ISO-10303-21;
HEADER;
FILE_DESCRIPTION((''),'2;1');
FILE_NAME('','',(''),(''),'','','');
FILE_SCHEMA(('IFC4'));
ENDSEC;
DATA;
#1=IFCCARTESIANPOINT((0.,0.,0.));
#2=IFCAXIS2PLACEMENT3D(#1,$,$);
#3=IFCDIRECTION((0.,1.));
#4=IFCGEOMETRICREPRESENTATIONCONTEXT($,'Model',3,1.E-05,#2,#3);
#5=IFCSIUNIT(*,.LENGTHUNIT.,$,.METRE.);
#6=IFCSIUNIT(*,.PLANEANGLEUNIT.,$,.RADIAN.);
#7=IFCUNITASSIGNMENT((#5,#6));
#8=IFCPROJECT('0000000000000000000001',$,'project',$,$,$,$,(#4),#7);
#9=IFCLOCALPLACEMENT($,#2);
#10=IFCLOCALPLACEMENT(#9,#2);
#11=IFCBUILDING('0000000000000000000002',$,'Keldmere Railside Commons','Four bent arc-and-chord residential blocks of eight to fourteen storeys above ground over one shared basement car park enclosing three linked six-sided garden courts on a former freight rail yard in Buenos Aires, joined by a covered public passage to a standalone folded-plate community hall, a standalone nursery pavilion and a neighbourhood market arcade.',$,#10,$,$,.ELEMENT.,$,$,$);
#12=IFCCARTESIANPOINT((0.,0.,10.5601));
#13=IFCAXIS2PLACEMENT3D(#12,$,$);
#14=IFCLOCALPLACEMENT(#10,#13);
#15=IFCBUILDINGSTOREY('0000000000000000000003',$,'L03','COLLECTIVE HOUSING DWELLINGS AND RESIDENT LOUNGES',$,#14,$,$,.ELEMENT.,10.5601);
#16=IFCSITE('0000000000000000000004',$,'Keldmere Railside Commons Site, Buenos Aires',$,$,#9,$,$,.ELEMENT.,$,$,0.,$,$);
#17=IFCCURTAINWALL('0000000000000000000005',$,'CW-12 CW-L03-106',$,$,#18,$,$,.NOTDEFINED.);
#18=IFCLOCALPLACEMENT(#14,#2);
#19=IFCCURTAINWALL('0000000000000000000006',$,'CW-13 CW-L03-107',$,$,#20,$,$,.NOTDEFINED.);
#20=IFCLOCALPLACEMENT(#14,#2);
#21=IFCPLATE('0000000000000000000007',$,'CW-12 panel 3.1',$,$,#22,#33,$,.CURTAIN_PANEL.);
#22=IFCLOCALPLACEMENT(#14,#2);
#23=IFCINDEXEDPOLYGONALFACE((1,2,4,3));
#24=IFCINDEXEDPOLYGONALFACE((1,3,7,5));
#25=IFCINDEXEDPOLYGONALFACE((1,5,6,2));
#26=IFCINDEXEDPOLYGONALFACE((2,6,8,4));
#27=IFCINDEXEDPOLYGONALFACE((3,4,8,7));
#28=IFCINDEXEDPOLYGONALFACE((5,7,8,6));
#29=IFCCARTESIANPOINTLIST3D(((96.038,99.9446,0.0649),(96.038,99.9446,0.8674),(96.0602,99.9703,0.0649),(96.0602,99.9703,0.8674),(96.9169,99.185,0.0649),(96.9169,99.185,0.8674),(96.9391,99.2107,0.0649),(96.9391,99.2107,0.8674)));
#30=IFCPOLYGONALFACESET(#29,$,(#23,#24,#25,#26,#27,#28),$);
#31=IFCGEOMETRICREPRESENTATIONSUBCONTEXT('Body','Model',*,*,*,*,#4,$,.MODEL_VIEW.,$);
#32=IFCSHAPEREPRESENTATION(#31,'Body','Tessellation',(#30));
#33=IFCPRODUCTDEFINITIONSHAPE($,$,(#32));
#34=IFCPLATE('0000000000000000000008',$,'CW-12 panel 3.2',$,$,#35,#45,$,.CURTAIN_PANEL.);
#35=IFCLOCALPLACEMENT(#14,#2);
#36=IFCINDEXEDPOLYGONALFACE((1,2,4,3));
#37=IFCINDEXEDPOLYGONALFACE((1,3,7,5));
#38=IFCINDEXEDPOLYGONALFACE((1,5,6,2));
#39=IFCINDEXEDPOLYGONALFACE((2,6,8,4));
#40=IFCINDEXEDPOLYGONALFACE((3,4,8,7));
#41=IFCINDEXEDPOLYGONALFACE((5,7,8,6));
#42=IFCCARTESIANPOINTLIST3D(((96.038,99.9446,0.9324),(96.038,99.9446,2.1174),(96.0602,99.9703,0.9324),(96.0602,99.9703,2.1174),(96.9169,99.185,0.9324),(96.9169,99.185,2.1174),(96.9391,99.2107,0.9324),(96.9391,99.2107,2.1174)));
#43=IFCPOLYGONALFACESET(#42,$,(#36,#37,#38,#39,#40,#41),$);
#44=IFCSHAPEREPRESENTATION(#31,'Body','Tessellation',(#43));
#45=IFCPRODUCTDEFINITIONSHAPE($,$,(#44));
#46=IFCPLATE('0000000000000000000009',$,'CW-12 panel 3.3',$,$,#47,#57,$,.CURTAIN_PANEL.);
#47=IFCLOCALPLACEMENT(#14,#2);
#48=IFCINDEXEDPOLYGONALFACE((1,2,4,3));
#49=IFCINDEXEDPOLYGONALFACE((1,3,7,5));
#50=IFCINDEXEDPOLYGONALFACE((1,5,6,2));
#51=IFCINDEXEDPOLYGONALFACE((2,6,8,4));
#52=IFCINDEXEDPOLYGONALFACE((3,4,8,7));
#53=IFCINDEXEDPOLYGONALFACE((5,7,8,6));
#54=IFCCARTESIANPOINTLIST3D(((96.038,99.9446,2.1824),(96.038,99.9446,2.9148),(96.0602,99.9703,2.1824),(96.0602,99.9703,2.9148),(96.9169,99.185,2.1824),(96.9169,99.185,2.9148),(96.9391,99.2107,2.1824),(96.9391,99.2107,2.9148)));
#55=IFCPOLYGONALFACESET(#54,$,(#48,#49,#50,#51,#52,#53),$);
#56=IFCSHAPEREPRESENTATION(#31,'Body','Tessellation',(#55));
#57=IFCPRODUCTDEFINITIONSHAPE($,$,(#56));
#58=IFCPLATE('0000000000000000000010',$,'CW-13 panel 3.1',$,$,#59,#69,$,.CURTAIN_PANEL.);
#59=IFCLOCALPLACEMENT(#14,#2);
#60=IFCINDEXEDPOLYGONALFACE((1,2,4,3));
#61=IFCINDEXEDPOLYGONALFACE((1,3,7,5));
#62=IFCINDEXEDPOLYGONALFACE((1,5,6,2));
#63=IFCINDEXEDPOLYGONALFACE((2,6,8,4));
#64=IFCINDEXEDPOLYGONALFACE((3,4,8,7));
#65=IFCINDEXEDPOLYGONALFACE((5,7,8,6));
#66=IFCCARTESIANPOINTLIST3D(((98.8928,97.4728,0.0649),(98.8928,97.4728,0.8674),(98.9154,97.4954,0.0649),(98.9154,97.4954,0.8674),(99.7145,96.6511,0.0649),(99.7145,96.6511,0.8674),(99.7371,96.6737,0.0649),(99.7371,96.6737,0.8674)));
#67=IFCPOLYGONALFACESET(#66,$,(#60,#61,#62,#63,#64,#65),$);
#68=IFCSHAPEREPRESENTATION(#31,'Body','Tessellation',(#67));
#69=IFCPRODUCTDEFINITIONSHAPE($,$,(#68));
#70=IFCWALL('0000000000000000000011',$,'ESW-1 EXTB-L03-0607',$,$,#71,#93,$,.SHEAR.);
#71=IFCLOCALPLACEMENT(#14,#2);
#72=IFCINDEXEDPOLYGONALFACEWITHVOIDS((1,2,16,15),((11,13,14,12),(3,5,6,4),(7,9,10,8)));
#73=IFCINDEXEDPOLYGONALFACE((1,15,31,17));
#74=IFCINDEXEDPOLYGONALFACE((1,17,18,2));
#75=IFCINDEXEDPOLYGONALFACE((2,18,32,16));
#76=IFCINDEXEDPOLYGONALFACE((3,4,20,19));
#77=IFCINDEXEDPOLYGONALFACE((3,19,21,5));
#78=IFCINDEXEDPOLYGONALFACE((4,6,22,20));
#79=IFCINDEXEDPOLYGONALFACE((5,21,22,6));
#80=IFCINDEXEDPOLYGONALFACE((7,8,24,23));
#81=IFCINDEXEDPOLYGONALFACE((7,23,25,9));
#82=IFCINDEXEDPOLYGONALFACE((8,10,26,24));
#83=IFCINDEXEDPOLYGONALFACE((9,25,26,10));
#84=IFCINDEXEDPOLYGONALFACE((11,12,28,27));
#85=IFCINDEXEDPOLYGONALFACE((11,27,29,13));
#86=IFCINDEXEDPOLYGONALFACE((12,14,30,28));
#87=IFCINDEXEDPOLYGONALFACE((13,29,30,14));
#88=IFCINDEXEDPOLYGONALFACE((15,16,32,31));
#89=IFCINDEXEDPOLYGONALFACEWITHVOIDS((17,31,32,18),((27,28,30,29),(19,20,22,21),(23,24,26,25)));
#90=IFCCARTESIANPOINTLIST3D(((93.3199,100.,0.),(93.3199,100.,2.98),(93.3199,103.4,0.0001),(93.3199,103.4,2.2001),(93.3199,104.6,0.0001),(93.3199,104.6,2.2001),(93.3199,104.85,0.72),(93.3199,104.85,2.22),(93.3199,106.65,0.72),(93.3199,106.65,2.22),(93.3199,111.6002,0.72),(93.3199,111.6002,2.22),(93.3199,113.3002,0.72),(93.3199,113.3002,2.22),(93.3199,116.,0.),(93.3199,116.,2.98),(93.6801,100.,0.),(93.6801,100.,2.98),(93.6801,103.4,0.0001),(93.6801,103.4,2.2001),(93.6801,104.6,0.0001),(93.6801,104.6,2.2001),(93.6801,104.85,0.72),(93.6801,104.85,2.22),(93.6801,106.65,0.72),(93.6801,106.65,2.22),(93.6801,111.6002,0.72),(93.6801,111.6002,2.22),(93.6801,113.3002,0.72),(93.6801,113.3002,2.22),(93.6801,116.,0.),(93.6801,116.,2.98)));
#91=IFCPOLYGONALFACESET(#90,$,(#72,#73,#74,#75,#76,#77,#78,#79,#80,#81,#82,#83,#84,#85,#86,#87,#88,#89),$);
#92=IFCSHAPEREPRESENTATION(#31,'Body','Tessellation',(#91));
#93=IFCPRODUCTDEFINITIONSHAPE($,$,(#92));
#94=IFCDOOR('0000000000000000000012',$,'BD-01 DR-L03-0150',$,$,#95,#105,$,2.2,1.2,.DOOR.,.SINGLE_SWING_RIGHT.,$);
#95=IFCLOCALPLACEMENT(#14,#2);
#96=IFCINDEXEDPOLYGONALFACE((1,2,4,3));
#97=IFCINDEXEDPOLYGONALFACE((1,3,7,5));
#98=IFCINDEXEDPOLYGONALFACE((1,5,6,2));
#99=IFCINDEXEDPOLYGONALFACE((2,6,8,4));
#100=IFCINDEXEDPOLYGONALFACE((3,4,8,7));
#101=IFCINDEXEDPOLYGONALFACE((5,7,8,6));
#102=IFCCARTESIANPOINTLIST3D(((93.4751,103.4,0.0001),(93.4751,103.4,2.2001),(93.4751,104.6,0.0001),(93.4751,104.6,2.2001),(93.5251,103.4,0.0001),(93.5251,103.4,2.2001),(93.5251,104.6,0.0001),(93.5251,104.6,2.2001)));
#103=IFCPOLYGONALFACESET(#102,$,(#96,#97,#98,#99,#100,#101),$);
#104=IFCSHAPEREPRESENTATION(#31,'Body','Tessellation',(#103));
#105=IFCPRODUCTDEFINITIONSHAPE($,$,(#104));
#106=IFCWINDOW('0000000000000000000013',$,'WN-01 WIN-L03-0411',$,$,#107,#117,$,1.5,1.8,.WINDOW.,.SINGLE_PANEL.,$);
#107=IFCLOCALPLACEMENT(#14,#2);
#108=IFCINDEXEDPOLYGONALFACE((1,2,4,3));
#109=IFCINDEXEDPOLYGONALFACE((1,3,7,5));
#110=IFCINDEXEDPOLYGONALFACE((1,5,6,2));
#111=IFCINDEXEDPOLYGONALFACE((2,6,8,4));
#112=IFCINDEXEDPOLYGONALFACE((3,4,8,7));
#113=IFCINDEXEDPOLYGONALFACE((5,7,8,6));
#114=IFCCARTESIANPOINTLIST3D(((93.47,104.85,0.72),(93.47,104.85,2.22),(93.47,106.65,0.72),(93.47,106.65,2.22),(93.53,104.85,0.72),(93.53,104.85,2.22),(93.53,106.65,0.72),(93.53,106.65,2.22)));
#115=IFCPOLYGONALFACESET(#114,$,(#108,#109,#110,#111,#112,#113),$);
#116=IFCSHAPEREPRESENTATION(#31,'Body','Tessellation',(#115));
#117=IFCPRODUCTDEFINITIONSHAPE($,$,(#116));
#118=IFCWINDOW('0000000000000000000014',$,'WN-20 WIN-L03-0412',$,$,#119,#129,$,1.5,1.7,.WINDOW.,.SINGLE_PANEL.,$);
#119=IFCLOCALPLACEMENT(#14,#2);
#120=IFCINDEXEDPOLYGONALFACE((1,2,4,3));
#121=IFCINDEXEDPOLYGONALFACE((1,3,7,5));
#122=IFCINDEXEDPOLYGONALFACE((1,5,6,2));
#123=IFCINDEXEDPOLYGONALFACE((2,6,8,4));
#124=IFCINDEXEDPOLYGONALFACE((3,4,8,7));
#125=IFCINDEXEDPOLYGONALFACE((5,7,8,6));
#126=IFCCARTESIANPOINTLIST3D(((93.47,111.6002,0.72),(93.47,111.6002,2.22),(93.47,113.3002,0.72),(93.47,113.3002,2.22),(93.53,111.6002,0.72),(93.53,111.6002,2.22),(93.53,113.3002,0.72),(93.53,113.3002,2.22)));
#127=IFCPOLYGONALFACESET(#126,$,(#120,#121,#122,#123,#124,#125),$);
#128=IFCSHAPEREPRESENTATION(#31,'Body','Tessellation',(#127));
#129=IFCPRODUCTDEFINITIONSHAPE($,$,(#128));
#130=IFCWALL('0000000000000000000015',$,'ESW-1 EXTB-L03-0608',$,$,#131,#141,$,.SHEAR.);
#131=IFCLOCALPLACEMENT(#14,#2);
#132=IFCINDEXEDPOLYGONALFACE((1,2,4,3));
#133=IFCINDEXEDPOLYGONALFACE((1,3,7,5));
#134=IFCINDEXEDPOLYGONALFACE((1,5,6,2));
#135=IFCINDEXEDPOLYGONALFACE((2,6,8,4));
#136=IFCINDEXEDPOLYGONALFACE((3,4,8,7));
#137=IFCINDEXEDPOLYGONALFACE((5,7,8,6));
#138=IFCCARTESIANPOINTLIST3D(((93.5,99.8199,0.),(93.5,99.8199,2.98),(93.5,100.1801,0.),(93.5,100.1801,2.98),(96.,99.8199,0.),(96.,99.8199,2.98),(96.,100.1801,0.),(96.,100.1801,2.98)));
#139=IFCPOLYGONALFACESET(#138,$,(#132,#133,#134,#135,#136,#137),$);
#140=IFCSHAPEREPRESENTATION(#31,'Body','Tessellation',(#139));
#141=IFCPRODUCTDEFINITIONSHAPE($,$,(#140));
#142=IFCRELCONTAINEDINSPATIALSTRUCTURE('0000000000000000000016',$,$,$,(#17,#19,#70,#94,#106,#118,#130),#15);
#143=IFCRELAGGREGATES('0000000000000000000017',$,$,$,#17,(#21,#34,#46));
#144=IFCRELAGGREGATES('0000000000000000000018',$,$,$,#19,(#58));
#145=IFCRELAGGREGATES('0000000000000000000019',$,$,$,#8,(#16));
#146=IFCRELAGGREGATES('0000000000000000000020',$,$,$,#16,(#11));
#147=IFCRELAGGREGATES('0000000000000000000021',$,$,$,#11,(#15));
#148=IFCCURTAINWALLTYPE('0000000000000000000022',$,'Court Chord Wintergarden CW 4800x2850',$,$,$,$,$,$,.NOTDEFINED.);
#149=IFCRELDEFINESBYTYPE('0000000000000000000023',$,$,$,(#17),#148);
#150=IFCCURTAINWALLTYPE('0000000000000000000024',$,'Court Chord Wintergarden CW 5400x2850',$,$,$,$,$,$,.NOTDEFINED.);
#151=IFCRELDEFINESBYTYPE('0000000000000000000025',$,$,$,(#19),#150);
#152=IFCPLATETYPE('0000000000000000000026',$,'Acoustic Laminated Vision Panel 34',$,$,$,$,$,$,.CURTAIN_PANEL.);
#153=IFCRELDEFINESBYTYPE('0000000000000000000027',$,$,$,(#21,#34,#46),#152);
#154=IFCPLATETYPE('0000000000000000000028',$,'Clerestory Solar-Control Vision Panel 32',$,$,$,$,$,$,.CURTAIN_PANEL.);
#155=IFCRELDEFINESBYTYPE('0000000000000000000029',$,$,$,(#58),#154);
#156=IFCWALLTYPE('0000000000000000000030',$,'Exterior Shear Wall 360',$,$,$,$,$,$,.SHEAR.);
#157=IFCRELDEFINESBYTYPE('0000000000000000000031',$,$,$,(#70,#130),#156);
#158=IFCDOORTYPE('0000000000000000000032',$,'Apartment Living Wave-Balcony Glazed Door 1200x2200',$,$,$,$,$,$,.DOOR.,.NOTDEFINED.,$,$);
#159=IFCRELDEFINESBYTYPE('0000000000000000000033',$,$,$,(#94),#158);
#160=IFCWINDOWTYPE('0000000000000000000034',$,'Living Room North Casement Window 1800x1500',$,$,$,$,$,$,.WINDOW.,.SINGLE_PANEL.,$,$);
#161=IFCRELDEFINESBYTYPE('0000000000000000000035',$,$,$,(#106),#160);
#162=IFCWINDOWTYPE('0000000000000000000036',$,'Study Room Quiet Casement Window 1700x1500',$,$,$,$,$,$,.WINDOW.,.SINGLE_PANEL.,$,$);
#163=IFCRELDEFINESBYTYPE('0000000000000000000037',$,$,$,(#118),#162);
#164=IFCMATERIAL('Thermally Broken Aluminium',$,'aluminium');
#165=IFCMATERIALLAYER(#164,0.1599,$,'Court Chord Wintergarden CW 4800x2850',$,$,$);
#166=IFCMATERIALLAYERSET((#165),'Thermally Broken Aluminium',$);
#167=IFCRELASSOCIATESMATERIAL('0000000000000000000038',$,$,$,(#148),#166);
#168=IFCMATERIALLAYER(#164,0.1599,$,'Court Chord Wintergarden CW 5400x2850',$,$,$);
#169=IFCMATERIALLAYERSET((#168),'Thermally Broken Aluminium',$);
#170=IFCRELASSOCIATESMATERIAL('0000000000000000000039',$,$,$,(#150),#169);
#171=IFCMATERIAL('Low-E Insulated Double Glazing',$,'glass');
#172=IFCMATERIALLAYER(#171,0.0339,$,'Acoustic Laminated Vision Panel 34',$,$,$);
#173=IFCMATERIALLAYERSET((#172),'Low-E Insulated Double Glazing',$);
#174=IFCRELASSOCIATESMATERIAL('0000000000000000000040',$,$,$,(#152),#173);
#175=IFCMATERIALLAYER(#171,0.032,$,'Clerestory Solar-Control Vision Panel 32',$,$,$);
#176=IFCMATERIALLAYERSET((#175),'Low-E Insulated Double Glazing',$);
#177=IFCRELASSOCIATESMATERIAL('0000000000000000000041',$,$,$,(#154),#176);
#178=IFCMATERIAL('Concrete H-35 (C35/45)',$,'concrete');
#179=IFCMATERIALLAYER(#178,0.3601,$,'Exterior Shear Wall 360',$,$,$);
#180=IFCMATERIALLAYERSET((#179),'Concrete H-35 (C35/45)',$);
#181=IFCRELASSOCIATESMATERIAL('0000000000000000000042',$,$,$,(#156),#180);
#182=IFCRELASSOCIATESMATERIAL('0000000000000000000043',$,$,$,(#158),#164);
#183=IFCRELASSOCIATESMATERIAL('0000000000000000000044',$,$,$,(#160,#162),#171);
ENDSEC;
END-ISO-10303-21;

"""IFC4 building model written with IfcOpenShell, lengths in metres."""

from ifc_helpers import new_model, si_unit, direction, frame, frame_2d, origin, origin_2d, place, context, subcontext, project, spatial, rectangle, extrude, material, layer, layer_set, type_object, element, fill, aggregate, save


model = new_model("IFC4")

# Units and contexts
model_context = context("Model", 3, precision=1e-05, world=origin(), true_north=direction((0.0, 1.0)))
body_context = subcontext(model_context, "Body", "Model", "MODEL_VIEW")
ifc_project = project(units=[si_unit("LENGTHUNIT", "METRE"), si_unit("PLANEANGLEUNIT", "RADIAN")], contexts=[model_context])

# Site, building, storey
site_placement = place(None, origin())
site = spatial("IfcSite", under=ifc_project, at=site_placement, Name="Keldmere Railside Commons Site, Buenos Aires", CompositionType="ELEMENT", RefElevation=0.0)
building_placement = place(site_placement, origin())
building = spatial("IfcBuilding", under=site, at=building_placement, Name="Keldmere Railside Commons", Description="Four bent arc-and-chord residential blocks of eight to fourteen storeys above ground over one shared basement car park enclosing three linked six-sided garden courts on a former freight rail yard in Buenos Aires, joined by a covered public passage to a standalone folded-plate community hall, a standalone nursery pavilion and a neighbourhood market arcade.", CompositionType="ELEMENT")
storey_placement = place(building_placement, frame((0.0, 0.0, 10.5601)))
storey = spatial("IfcBuildingStorey", under=building, at=storey_placement, Name="L03", Description="COLLECTIVE HOUSING DWELLINGS AND RESIDENT LOUNGES", CompositionType="ELEMENT", Elevation=10.5601)

# Curtain wall
ifc_material_1 = material(Name="Thermally Broken Aluminium", Category="aluminium")
ifc_layer_1 = layer(ifc_material_1, 0.1599, Name="Court Chord Wintergarden CW 4800x2850")
ifc_layer_set_1 = layer_set([ifc_layer_1], Name="Thermally Broken Aluminium")
curtain_wall_type_1 = type_object("IfcCurtainWallType", Name="Court Chord Wintergarden CW 4800x2850", PredefinedType="NOTDEFINED", material=ifc_layer_set_1)
curtain_wall_1_placement = place(storey_placement, origin())
curtain_wall_1 = element("IfcCurtainWall", 1, at=curtain_wall_1_placement, inside=storey, type_object=curtain_wall_type_1, Name="CW-12 CW-L03-106", PredefinedType="NOTDEFINED")

# Curtain wall
ifc_layer_2 = layer(ifc_material_1, 0.1599, Name="Court Chord Wintergarden CW 5400x2850")
ifc_layer_set_2 = layer_set([ifc_layer_2], Name="Thermally Broken Aluminium")
curtain_wall_type_2 = type_object("IfcCurtainWallType", Name="Court Chord Wintergarden CW 5400x2850", PredefinedType="NOTDEFINED", material=ifc_layer_set_2)
curtain_wall_2_placement = place(storey_placement, origin())
curtain_wall_2 = element("IfcCurtainWall", 2, at=curtain_wall_2_placement, inside=storey, type_object=curtain_wall_type_2, Name="CW-13 CW-L03-107", PredefinedType="NOTDEFINED")

# Plates
ifc_material_2 = material(Name="Low-E Insulated Double Glazing", Category="glass")
ifc_layer_3 = layer(ifc_material_2, 0.0339, Name="Acoustic Laminated Vision Panel 34")
ifc_layer_set_3 = layer_set([ifc_layer_3], Name="Low-E Insulated Double Glazing")
plate_type_1 = type_object("IfcPlateType", Name="Acoustic Laminated Vision Panel 34", PredefinedType="CURTAIN_PANEL", material=ifc_layer_set_3)
plate_1_placement = place(storey_placement, frame((96.4885, 99.5776, 0.0649), z_axis=(0.0, 0.0, 1.0), x_axis=(-0.756597, 0.653882, 0.0)))
plate_1 = element("IfcPlate", 3, at=plate_1_placement, type_object=plate_type_1, Name="CW-12 panel 3.1", PredefinedType="CURTAIN_PANEL", context=body_context, shape_type="SweptSolid", body=[
    extrude(rectangle(XDim=1.1616, YDim=0.0339, at=origin_2d()), origin(), (0.0, 0.0, 1.0), 0.8025),
])
plate_2_placement = place(storey_placement, frame((96.4885, 99.5776, 0.9324), z_axis=(0.0, 0.0, 1.0), x_axis=(-0.756597, 0.653882, 0.0)))
plate_2 = element("IfcPlate", 4, at=plate_2_placement, type_object=plate_type_1, Name="CW-12 panel 3.2", PredefinedType="CURTAIN_PANEL", context=body_context, shape_type="SweptSolid", body=[
    extrude(rectangle(XDim=1.1616, YDim=0.0339, at=origin_2d()), origin(), (0.0, 0.0, 1.0), 1.1851),
])
plate_3_placement = place(storey_placement, frame((96.4885, 99.5776, 2.1824), z_axis=(0.0, 0.0, 1.0), x_axis=(-0.756597, 0.653882, 0.0)))
plate_3 = element("IfcPlate", 5, at=plate_3_placement, type_object=plate_type_1, Name="CW-12 panel 3.3", PredefinedType="CURTAIN_PANEL", context=body_context, shape_type="SweptSolid", body=[
    extrude(rectangle(XDim=1.1616, YDim=0.0339, at=origin_2d()), origin(), (0.0, 0.0, 1.0), 0.7324),
])
aggregate(curtain_wall_1, [plate_1, plate_2, plate_3])
ifc_layer_4 = layer(ifc_material_2, 0.032, Name="Clerestory Solar-Control Vision Panel 32")
ifc_layer_set_4 = layer_set([ifc_layer_4], Name="Low-E Insulated Double Glazing")
plate_type_2 = type_object("IfcPlateType", Name="Clerestory Solar-Control Vision Panel 32", PredefinedType="CURTAIN_PANEL", material=ifc_layer_set_4)
plate_4_placement = place(storey_placement, frame((99.3149, 97.0732, 0.0649), z_axis=(0.0, 0.0, 1.0), x_axis=(-0.707107, 0.707107, 0.0)))
plate_4 = element("IfcPlate", 6, at=plate_4_placement, type_object=plate_type_2, Name="CW-13 panel 3.1", PredefinedType="CURTAIN_PANEL", context=body_context, shape_type="SweptSolid", body=[
    extrude(rectangle(XDim=1.1621, YDim=0.032, at=origin_2d()), origin(), (0.0, 0.0, 1.0), 0.8025),
])
aggregate(curtain_wall_2, [plate_4])

# Wall, openings, door, windows
ifc_material_3 = material(Name="Concrete H-35 (C35/45)", Category="concrete")
ifc_layer_5 = layer(ifc_material_3, 0.3601, Name="Exterior Shear Wall 360")
ifc_layer_set_5 = layer_set([ifc_layer_5], Name="Concrete H-35 (C35/45)")
wall_type = type_object("IfcWallType", Name="Exterior Shear Wall 360", PredefinedType="SHEAR", material=ifc_layer_set_5)
wall_1_placement = place(storey_placement, frame((93.5, 100.0, 0.0), z_axis=(0.0, 0.0, 1.0), x_axis=(0.0, 1.0, 0.0)))
wall_1 = element("IfcWall", 7, at=wall_1_placement, inside=storey, type_object=wall_type, Name="ESW-1 EXTB-L03-0607", PredefinedType="SHEAR", context=body_context, shape_type="SweptSolid", body=[
    extrude(rectangle(XDim=16.0, YDim=0.3601, at=frame_2d((8.0, 0.0))), origin(), (0.0, 0.0, 1.0), 2.98),
])
opening_1_placement = place(wall_1_placement, frame((3.3999, 0.0, 0.0)))
opening_1 = element("IfcOpeningElement", 8, at=opening_1_placement, cuts=wall_1, PredefinedType="OPENING", context=body_context, shape_type="SweptSolid", body=[
    extrude(rectangle(XDim=1.2, YDim=2.2, at=frame_2d((0.6001, 1.1001))), frame((0.0, 0.1899, 0.0), z_axis=(0.0, -1.0, 0.0), x_axis=(1.0, 0.0, 0.0)), (0.0, 0.0, 1.0), 0.3801),
])
opening_2_placement = place(wall_1_placement, frame((4.8501, 0.0, 0.72)))
opening_2 = element("IfcOpeningElement", 9, at=opening_2_placement, cuts=wall_1, PredefinedType="OPENING", context=body_context, shape_type="SweptSolid", body=[
    extrude(rectangle(XDim=1.8, YDim=1.5, at=frame_2d((0.8999, 0.75))), frame((0.0, 0.1899, 0.0), z_axis=(0.0, -1.0, 0.0), x_axis=(1.0, 0.0, 0.0)), (0.0, 0.0, 1.0), 0.3801),
])
opening_3_placement = place(wall_1_placement, frame((11.6001, 0.0, 0.72)))
opening_3 = element("IfcOpeningElement", 10, at=opening_3_placement, cuts=wall_1, PredefinedType="OPENING", context=body_context, shape_type="SweptSolid", body=[
    extrude(rectangle(XDim=1.7, YDim=1.5, at=frame_2d((0.8501, 0.75))), frame((0.0, 0.1899, 0.0), z_axis=(0.0, -1.0, 0.0), x_axis=(1.0, 0.0, 0.0)), (0.0, 0.0, 1.0), 0.3801),
])
door_type = type_object("IfcDoorType", Name="Apartment Living Wave-Balcony Glazed Door 1200x2200", OperationType="NOTDEFINED", PredefinedType="DOOR", material=ifc_material_1)
door_placement = place(opening_1_placement, origin())
door = element("IfcDoor", 11, at=door_placement, inside=storey, type_object=door_type, Name="BD-01 DR-L03-0150", OperationType="SINGLE_SWING_RIGHT", OverallHeight=2.2, OverallWidth=1.2, PredefinedType="DOOR", context=body_context, shape_type="SweptSolid", body=[
    extrude(rectangle(XDim=1.2, YDim=2.2, at=frame_2d((0.6001, 1.1001))), frame((0.0, 0.0249, 0.0), z_axis=(0.0, -1.0, 0.0), x_axis=(1.0, 0.0, 0.0)), (0.0, 0.0, 1.0), 0.05),
])
fill(opening_1, door)
window_type_1 = type_object("IfcWindowType", Name="Living Room North Casement Window 1800x1500", PartitioningType="SINGLE_PANEL", PredefinedType="WINDOW", material=ifc_material_2)
window_1_placement = place(opening_2_placement, origin())
window_1 = element("IfcWindow", 12, at=window_1_placement, inside=storey, type_object=window_type_1, Name="WN-01 WIN-L03-0411", OverallHeight=1.5, OverallWidth=1.8, PartitioningType="SINGLE_PANEL", PredefinedType="WINDOW", context=body_context, shape_type="SweptSolid", body=[
    extrude(rectangle(XDim=1.8, YDim=1.5, at=frame_2d((0.8999, 0.75))), frame((0.0, 0.03, 0.0), z_axis=(0.0, -1.0, 0.0), x_axis=(1.0, 0.0, 0.0)), (0.0, 0.0, 1.0), 0.0601),
])
fill(opening_2, window_1)
window_type_2 = type_object("IfcWindowType", Name="Study Room Quiet Casement Window 1700x1500", PartitioningType="SINGLE_PANEL", PredefinedType="WINDOW", material=ifc_material_2)
window_2_placement = place(opening_3_placement, origin())
window_2 = element("IfcWindow", 13, at=window_2_placement, inside=storey, type_object=window_type_2, Name="WN-20 WIN-L03-0412", OverallHeight=1.5, OverallWidth=1.7, PartitioningType="SINGLE_PANEL", PredefinedType="WINDOW", context=body_context, shape_type="SweptSolid", body=[
    extrude(rectangle(XDim=1.7, YDim=1.5, at=frame_2d((0.8501, 0.75))), frame((0.0, 0.03, 0.0), z_axis=(0.0, -1.0, 0.0), x_axis=(1.0, 0.0, 0.0)), (0.0, 0.0, 1.0), 0.0601),
])
fill(opening_3, window_2)

# Wall
wall_2_placement = place(storey_placement, frame((96.0, 100.0, 0.0), z_axis=(0.0, 0.0, 1.0), x_axis=(-1.0, 0.0, 0.0)))
element("IfcWall", 14, at=wall_2_placement, inside=storey, type_object=wall_type, Name="ESW-1 EXTB-L03-0608", PredefinedType="SHEAR", context=body_context, shape_type="SweptSolid", body=[
    extrude(rectangle(XDim=2.5, YDim=0.3601, at=frame_2d((1.25, 0.0))), origin(), (0.0, 0.0, 1.0), 2.98),
])

save(model, "model.ifc")
